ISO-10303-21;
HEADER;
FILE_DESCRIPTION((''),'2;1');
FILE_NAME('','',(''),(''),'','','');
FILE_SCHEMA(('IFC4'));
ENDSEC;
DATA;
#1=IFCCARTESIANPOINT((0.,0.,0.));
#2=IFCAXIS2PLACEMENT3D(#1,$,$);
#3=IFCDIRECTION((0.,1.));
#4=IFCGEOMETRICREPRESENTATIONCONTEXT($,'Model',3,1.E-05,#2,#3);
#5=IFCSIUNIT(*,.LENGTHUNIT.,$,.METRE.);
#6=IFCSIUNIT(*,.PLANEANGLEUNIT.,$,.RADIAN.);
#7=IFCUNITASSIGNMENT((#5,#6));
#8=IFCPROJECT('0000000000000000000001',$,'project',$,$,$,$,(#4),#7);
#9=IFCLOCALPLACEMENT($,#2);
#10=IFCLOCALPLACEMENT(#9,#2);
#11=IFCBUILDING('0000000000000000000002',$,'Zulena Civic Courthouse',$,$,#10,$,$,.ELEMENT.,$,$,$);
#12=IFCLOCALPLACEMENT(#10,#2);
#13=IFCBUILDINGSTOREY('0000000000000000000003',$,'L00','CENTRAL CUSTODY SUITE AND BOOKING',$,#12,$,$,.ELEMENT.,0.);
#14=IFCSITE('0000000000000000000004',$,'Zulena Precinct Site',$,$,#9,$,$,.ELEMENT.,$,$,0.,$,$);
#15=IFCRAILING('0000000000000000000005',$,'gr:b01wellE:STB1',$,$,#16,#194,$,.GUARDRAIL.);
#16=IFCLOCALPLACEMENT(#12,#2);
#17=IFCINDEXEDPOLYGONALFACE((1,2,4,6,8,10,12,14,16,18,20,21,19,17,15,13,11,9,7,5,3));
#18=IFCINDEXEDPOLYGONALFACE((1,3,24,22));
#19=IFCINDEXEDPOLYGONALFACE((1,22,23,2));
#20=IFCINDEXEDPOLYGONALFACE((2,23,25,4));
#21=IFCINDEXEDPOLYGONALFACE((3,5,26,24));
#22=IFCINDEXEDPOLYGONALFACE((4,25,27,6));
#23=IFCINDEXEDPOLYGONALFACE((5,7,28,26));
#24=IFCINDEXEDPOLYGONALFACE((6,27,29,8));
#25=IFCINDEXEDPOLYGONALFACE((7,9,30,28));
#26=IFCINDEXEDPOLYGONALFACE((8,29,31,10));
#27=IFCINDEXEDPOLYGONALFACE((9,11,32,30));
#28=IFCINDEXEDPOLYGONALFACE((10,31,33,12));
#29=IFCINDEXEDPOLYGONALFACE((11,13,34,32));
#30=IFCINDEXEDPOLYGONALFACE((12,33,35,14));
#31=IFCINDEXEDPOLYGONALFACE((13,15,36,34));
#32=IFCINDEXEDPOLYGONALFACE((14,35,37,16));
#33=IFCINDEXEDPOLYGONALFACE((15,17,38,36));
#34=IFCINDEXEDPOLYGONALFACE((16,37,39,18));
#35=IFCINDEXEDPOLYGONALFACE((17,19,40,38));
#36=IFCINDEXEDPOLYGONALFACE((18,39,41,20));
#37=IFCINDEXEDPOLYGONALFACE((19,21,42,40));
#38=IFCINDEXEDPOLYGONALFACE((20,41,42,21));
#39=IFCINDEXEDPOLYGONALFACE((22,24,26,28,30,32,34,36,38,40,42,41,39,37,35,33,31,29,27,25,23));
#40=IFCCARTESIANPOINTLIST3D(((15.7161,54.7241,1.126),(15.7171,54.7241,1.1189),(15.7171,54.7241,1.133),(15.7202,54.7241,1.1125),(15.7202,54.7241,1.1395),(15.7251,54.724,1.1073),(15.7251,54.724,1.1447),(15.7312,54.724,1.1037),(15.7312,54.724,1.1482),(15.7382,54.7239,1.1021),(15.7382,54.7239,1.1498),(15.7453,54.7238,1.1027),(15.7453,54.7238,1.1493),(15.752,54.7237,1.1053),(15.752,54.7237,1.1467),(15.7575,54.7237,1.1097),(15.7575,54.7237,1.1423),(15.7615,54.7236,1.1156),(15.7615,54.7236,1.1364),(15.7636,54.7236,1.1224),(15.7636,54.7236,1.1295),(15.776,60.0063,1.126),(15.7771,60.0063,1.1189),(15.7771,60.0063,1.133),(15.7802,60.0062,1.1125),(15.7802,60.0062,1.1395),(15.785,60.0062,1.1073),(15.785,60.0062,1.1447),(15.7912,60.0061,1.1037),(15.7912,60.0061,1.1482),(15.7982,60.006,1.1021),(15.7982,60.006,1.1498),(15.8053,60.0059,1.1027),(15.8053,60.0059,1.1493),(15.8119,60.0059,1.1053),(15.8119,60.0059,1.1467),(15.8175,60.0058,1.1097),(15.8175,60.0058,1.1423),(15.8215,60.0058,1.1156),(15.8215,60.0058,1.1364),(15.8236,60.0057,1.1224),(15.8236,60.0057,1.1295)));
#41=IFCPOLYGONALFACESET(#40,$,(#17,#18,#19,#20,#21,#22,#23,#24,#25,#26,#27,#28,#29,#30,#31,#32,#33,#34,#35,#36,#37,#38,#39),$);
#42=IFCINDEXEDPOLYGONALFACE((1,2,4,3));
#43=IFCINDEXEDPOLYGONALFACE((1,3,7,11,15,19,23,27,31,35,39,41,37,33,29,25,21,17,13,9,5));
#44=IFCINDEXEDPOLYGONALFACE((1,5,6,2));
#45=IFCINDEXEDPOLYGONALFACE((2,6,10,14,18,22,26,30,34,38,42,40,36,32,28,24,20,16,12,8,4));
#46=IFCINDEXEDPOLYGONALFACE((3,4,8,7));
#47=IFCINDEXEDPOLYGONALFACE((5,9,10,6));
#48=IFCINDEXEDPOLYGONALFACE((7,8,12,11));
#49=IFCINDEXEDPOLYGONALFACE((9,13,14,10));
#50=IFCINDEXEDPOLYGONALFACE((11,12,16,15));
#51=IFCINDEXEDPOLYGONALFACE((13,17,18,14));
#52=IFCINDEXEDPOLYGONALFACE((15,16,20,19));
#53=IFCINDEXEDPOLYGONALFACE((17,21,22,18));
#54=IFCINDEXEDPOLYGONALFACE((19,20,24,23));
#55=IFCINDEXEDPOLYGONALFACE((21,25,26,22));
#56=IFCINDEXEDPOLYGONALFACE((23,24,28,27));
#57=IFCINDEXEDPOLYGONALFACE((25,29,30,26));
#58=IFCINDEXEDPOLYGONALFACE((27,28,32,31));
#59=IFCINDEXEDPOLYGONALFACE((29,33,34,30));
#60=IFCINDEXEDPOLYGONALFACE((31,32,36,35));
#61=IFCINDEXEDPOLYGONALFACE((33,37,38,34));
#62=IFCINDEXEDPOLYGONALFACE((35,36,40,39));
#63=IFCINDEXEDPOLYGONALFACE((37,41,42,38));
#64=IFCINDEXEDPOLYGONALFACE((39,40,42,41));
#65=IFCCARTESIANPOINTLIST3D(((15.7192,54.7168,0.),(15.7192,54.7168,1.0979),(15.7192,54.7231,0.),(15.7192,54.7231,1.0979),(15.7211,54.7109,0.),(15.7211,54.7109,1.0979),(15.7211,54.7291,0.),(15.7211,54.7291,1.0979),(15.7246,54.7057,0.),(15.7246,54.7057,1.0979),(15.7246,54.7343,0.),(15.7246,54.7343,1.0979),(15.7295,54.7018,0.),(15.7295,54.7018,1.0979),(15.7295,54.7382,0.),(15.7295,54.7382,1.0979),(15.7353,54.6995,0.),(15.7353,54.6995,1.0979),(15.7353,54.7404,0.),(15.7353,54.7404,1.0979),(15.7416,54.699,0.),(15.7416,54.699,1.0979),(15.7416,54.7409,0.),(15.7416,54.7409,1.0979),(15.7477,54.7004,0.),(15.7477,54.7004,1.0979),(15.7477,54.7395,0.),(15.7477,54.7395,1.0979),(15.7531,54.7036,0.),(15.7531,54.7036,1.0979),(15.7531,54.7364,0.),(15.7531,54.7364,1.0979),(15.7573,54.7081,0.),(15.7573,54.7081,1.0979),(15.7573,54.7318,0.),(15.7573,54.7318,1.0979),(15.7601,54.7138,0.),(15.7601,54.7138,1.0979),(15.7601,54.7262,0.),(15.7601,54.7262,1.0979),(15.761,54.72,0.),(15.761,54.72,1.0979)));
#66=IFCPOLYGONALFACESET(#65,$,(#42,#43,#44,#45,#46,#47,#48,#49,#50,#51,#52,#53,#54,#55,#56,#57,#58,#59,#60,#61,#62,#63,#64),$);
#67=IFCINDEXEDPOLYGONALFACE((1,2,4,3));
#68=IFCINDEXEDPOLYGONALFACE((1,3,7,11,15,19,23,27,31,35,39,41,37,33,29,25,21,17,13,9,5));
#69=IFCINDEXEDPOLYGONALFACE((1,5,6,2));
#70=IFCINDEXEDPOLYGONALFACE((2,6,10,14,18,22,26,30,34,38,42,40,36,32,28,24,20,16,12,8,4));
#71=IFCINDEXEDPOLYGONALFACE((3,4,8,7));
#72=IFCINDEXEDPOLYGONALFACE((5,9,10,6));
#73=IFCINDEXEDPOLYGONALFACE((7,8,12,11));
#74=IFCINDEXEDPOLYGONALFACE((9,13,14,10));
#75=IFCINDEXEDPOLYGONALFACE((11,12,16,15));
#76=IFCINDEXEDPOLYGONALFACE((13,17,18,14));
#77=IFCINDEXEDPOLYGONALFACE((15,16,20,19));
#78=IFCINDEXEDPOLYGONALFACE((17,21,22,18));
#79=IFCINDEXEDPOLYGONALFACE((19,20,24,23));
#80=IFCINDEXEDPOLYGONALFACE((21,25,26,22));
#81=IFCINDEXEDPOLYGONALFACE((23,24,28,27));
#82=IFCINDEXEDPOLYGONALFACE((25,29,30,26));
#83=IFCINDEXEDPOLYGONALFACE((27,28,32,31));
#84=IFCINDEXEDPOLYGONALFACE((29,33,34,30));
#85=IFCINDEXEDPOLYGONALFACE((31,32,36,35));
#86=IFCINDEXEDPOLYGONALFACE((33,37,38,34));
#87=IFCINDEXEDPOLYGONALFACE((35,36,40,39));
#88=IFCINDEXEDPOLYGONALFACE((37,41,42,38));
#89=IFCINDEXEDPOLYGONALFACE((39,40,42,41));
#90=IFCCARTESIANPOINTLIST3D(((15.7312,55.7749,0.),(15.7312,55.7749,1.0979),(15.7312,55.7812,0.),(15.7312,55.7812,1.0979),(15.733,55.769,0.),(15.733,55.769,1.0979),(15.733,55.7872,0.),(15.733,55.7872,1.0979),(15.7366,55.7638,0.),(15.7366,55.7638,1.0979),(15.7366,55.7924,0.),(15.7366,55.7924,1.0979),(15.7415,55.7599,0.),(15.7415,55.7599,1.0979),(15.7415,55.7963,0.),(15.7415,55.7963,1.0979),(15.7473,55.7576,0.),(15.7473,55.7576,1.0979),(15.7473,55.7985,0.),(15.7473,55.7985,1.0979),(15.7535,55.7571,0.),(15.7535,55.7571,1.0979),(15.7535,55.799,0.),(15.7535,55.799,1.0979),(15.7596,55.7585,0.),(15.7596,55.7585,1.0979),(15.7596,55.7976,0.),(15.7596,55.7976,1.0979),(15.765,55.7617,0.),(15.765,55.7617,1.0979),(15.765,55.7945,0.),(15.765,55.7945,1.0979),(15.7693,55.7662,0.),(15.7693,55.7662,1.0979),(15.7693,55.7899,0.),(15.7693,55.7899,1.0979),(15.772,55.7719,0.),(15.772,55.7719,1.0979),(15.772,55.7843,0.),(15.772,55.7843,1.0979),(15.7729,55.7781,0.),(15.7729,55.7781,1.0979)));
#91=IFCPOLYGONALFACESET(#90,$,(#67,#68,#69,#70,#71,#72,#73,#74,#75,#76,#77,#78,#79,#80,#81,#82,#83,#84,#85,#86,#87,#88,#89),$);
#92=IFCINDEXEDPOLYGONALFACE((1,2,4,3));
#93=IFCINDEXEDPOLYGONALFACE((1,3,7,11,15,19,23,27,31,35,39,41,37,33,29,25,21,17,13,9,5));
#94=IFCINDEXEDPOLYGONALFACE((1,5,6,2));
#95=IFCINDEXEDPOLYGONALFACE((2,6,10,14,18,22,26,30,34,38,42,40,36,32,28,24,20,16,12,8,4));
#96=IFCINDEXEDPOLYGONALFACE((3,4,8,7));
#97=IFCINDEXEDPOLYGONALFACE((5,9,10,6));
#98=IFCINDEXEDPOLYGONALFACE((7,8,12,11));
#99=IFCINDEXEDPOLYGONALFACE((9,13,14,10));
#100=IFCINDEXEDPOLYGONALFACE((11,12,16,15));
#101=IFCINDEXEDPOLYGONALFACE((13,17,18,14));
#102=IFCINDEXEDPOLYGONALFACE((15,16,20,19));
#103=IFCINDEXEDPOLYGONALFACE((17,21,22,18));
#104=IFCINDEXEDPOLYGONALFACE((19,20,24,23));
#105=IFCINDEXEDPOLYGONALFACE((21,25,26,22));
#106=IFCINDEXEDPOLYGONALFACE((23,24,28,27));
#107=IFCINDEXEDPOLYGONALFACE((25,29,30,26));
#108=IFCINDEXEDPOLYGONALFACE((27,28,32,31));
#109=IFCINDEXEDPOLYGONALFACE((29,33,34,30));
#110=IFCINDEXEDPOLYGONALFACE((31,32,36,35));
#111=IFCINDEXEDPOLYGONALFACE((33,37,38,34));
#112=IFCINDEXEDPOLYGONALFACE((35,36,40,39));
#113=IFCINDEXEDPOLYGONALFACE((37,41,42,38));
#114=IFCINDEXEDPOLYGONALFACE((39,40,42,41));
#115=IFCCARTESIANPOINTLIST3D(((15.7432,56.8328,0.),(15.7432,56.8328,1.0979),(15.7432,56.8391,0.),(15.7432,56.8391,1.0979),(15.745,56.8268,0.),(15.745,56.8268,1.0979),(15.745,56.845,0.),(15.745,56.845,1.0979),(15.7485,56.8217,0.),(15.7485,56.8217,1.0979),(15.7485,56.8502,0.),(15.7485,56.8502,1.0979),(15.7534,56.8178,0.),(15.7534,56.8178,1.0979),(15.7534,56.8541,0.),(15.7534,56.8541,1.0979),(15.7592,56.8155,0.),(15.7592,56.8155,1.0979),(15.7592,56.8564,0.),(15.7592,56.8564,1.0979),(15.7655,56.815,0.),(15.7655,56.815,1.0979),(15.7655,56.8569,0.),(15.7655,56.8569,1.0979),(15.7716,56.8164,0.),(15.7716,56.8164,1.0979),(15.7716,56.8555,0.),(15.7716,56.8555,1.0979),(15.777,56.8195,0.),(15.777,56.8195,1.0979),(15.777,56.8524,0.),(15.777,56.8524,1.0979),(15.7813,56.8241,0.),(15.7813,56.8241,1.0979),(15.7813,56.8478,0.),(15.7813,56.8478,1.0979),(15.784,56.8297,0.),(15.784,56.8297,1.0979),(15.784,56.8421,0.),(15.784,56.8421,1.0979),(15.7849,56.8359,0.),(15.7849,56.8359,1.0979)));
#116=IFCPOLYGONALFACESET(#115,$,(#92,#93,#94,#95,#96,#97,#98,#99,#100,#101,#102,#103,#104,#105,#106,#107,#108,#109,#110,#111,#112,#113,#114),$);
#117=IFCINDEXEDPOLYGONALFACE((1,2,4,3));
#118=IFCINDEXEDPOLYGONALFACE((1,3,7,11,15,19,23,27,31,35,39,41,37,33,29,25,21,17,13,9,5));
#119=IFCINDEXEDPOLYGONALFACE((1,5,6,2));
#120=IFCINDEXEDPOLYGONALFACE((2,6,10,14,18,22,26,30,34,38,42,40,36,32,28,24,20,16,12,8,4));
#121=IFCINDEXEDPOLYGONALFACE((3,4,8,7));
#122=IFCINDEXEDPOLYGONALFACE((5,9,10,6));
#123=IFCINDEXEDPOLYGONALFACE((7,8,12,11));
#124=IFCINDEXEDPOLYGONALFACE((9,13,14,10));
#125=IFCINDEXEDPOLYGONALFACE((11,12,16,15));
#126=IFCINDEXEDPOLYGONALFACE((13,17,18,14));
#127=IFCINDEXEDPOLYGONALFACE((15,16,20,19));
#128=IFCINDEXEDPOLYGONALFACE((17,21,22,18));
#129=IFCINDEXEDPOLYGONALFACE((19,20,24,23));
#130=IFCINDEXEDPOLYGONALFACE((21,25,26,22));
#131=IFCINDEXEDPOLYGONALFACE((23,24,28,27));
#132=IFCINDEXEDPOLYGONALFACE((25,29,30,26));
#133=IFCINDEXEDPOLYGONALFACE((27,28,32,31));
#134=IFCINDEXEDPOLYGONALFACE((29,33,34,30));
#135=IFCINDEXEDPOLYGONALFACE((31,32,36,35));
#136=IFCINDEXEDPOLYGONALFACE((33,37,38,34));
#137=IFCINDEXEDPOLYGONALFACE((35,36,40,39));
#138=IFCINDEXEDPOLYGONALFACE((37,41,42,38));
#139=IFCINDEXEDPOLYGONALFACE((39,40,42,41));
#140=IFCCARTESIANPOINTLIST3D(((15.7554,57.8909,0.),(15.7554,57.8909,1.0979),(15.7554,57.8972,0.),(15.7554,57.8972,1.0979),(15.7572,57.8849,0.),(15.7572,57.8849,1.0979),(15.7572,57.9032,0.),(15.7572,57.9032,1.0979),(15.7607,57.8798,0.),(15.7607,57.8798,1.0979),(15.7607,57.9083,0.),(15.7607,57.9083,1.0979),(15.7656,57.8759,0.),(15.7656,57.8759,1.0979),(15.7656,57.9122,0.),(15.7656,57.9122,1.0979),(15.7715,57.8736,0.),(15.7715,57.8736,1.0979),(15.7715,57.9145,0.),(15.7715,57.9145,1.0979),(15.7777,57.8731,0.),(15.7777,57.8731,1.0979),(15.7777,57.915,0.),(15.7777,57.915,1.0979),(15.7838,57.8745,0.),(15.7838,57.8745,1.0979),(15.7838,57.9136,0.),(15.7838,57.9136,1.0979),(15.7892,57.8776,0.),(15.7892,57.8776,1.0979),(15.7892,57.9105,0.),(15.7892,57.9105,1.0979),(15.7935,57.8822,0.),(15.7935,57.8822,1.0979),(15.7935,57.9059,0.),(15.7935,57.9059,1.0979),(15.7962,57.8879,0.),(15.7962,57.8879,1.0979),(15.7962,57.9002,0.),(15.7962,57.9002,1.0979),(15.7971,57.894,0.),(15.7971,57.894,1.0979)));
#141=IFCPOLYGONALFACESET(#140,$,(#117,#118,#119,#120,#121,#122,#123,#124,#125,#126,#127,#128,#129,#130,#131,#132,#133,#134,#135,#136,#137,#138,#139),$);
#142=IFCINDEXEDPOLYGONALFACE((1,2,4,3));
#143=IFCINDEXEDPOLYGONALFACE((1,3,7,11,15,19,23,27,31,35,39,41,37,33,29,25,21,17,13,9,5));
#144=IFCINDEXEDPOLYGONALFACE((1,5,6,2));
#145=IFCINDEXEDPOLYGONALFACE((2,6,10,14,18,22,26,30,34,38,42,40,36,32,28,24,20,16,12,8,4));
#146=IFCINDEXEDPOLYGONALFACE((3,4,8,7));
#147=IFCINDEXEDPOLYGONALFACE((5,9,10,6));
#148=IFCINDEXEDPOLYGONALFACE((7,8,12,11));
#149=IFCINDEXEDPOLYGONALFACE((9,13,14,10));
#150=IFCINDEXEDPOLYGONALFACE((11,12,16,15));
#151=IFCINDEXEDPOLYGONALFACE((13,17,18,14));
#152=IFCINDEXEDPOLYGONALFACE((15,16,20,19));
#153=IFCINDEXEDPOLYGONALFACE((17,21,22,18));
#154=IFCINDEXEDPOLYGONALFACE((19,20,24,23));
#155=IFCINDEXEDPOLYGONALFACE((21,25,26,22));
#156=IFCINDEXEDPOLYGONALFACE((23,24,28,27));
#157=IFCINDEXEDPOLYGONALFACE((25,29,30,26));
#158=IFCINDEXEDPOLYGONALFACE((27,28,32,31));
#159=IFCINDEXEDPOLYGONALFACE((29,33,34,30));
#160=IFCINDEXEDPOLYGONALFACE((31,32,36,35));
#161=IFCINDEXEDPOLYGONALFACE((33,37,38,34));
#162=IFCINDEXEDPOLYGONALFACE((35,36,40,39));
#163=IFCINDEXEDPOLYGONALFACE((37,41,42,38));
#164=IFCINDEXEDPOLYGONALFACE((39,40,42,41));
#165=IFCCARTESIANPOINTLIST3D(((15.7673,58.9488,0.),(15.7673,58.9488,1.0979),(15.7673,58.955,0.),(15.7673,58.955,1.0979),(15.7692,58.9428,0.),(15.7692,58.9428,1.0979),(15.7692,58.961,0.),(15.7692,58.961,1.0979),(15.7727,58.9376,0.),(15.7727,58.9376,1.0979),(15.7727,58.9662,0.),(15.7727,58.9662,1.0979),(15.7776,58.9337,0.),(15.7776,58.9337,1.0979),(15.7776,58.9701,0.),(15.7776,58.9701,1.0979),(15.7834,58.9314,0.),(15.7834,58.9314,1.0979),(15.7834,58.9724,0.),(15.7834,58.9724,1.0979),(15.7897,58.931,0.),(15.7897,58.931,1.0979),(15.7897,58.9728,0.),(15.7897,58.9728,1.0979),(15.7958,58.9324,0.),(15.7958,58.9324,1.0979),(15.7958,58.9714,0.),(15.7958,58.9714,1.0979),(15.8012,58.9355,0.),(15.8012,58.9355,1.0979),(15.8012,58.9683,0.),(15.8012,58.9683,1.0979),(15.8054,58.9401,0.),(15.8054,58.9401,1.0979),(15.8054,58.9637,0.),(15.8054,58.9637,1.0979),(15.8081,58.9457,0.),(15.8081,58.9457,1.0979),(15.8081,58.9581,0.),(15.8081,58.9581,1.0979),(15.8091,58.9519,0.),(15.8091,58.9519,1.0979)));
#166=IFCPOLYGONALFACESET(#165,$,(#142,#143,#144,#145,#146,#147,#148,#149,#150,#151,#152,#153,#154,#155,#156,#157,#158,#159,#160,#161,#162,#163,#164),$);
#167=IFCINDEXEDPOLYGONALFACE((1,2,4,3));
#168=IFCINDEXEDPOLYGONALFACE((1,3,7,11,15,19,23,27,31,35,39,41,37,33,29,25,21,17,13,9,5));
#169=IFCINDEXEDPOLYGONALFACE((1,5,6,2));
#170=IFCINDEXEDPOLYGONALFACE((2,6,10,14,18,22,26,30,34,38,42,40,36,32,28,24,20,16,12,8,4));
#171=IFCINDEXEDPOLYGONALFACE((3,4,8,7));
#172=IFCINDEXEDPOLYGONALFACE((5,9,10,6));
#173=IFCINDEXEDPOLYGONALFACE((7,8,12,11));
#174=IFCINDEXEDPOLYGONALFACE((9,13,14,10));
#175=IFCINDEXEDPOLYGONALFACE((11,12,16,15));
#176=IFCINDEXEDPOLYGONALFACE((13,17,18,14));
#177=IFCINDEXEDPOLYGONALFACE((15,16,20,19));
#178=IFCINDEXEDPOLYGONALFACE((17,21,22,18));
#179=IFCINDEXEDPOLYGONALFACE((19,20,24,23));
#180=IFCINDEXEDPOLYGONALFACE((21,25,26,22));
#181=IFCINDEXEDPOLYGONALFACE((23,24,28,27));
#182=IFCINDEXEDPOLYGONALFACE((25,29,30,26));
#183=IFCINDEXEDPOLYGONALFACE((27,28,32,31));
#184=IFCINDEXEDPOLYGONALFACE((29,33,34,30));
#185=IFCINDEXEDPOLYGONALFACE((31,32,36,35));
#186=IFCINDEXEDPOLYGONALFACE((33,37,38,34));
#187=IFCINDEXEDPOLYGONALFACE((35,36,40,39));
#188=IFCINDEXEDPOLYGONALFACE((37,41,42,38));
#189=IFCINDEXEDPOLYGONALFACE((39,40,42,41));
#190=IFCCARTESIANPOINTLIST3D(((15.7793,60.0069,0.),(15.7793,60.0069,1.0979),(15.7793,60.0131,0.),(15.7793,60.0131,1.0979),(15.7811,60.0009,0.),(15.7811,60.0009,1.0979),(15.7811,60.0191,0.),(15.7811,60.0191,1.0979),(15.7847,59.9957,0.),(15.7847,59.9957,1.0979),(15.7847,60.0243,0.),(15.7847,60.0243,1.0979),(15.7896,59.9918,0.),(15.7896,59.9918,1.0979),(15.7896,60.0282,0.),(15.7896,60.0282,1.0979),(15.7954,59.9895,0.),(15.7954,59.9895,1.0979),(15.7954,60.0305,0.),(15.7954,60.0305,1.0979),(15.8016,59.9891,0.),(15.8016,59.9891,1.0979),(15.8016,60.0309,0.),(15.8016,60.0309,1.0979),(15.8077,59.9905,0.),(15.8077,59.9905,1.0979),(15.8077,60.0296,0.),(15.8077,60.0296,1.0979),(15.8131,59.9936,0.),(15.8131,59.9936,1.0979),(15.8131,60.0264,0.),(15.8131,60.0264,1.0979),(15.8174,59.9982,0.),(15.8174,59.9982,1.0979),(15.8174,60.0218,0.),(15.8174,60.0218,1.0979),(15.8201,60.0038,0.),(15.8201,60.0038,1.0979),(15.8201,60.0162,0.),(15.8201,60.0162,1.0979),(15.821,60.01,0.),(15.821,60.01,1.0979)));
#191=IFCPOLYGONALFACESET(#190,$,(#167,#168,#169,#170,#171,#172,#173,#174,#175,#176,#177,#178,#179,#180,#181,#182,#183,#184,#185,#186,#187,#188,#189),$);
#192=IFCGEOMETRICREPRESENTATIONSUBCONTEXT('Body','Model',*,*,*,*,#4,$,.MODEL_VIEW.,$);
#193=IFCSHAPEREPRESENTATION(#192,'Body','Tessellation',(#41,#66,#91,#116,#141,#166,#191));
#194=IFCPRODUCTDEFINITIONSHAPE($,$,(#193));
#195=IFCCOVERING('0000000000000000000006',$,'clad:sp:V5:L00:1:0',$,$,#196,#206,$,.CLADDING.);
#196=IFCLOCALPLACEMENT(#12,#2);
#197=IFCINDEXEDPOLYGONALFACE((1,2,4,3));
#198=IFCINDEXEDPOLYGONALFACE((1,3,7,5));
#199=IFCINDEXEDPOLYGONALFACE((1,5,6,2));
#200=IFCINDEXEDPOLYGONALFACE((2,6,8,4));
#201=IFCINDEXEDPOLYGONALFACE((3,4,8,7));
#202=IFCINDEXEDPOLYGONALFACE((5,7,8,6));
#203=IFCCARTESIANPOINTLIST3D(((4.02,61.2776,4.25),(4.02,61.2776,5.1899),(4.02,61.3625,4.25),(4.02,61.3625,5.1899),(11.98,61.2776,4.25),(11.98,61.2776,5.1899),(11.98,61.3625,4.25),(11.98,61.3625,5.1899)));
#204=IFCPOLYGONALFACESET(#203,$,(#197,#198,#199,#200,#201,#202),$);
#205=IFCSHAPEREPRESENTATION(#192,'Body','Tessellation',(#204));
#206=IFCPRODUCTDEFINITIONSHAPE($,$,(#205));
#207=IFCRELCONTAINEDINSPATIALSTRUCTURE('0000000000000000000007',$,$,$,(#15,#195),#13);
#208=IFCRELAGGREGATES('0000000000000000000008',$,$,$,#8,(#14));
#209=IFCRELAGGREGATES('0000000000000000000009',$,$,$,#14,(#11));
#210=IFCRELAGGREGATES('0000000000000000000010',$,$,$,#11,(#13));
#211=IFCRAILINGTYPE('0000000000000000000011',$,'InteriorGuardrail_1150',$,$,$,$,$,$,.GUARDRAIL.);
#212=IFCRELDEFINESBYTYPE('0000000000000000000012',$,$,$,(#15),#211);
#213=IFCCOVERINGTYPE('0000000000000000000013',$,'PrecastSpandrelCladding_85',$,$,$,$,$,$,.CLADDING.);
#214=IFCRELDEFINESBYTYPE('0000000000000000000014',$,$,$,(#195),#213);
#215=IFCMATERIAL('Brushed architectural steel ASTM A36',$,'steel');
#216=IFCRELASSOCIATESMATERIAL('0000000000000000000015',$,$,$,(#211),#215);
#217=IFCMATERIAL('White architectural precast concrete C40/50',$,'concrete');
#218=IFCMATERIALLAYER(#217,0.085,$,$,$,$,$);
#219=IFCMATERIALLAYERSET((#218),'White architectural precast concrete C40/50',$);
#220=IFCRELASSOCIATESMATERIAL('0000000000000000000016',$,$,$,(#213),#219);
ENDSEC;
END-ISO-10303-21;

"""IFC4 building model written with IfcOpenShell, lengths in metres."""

from ifc_helpers import new_model, si_unit, direction, frame, origin, origin_2d, place, context, subcontext, project, spatial, rectangle, circle, extrude, material, layer, layer_set, type_object, element, save


model = new_model("IFC4")

# Units and contexts
model_context = context("Model", 3, precision=1e-05, world=origin(), true_north=direction((0.0, 1.0)))
body_context = subcontext(model_context, "Body", "Model", "MODEL_VIEW")
ifc_project = project(units=[si_unit("LENGTHUNIT", "METRE"), si_unit("PLANEANGLEUNIT", "RADIAN")], contexts=[model_context])

# Site, building, storey
site_placement = place(None, origin())
site = spatial("IfcSite", under=ifc_project, at=site_placement, Name="Zulena Precinct Site", CompositionType="ELEMENT", RefElevation=0.0)
building_placement = place(site_placement, origin())
building = spatial("IfcBuilding", under=site, at=building_placement, Name="Zulena Civic Courthouse", CompositionType="ELEMENT")
storey_placement = place(building_placement, origin())
storey = spatial("IfcBuildingStorey", under=building, at=storey_placement, Name="L00", Description="CENTRAL CUSTODY SUITE AND BOOKING", CompositionType="ELEMENT", Elevation=0.0)

# Railing
ifc_material_1 = material(Name="Brushed architectural steel ASTM A36", Category="steel")
railing_type = type_object("IfcRailingType", Name="InteriorGuardrail_1150", PredefinedType="GUARDRAIL", material=ifc_material_1)
railing_1_placement = place(storey_placement, frame((15.74, 54.72, 0.0)))
element("IfcRailing", 1, at=railing_1_placement, inside=storey, type_object=railing_type, Name="gr:b01wellE:STB1", PredefinedType="GUARDRAIL", context=body_context, shape_type="SweptSolid", body=[
    extrude(circle(Radius=0.0239, at=origin_2d()), frame((0.0, 0.0039, 1.126), z_axis=(0.011352, 0.999936, 0.0), x_axis=(-0.999936, 0.011352, 0.0)), (0.0, 0.0, 1.0), 5.2825),
    extrude(circle(Radius=0.021, at=origin_2d()), origin(), (0.0, 0.0, 1.0), 1.0979),
    extrude(circle(Radius=0.021, at=origin_2d()), frame((0.012, 1.0581, 0.0)), (0.0, 0.0, 1.0), 1.0979),
    extrude(circle(Radius=0.021, at=origin_2d()), frame((0.0239, 2.116, 0.0)), (0.0, 0.0, 1.0), 1.0979),
    extrude(circle(Radius=0.021, at=origin_2d()), frame((0.0361, 3.1741, 0.0)), (0.0, 0.0, 1.0), 1.0979),
    extrude(circle(Radius=0.021, at=origin_2d()), frame((0.0481, 4.2319, 0.0)), (0.0, 0.0, 1.0), 1.0979),
    extrude(circle(Radius=0.021, at=origin_2d()), frame((0.0601, 5.29, 0.0)), (0.0, 0.0, 1.0), 1.0979),
])

# Covering
ifc_material_2 = material(Name="White architectural precast concrete C40/50", Category="concrete")
ifc_layer_1 = layer(ifc_material_2, 0.085)
ifc_layer_set_1 = layer_set([ifc_layer_1], Name="White architectural precast concrete C40/50")
covering_type = type_object("IfcCoveringType", Name="PrecastSpandrelCladding_85", PredefinedType="CLADDING", material=ifc_layer_set_1)
for number, where, z_axis, x_axis, name in (
    (2, (8.0, 61.3201, 4.25), (0.0, 0.0, 1.0), (1.0, 0.0, 0.0), "clad:sp:V5:L00:1:0"),
):
    element("IfcCovering", number, at=place(storey_placement, frame(where, z_axis=z_axis, x_axis=x_axis)), inside=storey, type_object=covering_type, Name=name, PredefinedType="CLADDING", context=body_context, shape_type="SweptSolid", body=[
        extrude(rectangle(XDim=7.96, YDim=0.085, at=origin_2d()), origin(), (0.0, 0.0, 1.0), 0.9399),
    ])

save(model, "model.ifc")
